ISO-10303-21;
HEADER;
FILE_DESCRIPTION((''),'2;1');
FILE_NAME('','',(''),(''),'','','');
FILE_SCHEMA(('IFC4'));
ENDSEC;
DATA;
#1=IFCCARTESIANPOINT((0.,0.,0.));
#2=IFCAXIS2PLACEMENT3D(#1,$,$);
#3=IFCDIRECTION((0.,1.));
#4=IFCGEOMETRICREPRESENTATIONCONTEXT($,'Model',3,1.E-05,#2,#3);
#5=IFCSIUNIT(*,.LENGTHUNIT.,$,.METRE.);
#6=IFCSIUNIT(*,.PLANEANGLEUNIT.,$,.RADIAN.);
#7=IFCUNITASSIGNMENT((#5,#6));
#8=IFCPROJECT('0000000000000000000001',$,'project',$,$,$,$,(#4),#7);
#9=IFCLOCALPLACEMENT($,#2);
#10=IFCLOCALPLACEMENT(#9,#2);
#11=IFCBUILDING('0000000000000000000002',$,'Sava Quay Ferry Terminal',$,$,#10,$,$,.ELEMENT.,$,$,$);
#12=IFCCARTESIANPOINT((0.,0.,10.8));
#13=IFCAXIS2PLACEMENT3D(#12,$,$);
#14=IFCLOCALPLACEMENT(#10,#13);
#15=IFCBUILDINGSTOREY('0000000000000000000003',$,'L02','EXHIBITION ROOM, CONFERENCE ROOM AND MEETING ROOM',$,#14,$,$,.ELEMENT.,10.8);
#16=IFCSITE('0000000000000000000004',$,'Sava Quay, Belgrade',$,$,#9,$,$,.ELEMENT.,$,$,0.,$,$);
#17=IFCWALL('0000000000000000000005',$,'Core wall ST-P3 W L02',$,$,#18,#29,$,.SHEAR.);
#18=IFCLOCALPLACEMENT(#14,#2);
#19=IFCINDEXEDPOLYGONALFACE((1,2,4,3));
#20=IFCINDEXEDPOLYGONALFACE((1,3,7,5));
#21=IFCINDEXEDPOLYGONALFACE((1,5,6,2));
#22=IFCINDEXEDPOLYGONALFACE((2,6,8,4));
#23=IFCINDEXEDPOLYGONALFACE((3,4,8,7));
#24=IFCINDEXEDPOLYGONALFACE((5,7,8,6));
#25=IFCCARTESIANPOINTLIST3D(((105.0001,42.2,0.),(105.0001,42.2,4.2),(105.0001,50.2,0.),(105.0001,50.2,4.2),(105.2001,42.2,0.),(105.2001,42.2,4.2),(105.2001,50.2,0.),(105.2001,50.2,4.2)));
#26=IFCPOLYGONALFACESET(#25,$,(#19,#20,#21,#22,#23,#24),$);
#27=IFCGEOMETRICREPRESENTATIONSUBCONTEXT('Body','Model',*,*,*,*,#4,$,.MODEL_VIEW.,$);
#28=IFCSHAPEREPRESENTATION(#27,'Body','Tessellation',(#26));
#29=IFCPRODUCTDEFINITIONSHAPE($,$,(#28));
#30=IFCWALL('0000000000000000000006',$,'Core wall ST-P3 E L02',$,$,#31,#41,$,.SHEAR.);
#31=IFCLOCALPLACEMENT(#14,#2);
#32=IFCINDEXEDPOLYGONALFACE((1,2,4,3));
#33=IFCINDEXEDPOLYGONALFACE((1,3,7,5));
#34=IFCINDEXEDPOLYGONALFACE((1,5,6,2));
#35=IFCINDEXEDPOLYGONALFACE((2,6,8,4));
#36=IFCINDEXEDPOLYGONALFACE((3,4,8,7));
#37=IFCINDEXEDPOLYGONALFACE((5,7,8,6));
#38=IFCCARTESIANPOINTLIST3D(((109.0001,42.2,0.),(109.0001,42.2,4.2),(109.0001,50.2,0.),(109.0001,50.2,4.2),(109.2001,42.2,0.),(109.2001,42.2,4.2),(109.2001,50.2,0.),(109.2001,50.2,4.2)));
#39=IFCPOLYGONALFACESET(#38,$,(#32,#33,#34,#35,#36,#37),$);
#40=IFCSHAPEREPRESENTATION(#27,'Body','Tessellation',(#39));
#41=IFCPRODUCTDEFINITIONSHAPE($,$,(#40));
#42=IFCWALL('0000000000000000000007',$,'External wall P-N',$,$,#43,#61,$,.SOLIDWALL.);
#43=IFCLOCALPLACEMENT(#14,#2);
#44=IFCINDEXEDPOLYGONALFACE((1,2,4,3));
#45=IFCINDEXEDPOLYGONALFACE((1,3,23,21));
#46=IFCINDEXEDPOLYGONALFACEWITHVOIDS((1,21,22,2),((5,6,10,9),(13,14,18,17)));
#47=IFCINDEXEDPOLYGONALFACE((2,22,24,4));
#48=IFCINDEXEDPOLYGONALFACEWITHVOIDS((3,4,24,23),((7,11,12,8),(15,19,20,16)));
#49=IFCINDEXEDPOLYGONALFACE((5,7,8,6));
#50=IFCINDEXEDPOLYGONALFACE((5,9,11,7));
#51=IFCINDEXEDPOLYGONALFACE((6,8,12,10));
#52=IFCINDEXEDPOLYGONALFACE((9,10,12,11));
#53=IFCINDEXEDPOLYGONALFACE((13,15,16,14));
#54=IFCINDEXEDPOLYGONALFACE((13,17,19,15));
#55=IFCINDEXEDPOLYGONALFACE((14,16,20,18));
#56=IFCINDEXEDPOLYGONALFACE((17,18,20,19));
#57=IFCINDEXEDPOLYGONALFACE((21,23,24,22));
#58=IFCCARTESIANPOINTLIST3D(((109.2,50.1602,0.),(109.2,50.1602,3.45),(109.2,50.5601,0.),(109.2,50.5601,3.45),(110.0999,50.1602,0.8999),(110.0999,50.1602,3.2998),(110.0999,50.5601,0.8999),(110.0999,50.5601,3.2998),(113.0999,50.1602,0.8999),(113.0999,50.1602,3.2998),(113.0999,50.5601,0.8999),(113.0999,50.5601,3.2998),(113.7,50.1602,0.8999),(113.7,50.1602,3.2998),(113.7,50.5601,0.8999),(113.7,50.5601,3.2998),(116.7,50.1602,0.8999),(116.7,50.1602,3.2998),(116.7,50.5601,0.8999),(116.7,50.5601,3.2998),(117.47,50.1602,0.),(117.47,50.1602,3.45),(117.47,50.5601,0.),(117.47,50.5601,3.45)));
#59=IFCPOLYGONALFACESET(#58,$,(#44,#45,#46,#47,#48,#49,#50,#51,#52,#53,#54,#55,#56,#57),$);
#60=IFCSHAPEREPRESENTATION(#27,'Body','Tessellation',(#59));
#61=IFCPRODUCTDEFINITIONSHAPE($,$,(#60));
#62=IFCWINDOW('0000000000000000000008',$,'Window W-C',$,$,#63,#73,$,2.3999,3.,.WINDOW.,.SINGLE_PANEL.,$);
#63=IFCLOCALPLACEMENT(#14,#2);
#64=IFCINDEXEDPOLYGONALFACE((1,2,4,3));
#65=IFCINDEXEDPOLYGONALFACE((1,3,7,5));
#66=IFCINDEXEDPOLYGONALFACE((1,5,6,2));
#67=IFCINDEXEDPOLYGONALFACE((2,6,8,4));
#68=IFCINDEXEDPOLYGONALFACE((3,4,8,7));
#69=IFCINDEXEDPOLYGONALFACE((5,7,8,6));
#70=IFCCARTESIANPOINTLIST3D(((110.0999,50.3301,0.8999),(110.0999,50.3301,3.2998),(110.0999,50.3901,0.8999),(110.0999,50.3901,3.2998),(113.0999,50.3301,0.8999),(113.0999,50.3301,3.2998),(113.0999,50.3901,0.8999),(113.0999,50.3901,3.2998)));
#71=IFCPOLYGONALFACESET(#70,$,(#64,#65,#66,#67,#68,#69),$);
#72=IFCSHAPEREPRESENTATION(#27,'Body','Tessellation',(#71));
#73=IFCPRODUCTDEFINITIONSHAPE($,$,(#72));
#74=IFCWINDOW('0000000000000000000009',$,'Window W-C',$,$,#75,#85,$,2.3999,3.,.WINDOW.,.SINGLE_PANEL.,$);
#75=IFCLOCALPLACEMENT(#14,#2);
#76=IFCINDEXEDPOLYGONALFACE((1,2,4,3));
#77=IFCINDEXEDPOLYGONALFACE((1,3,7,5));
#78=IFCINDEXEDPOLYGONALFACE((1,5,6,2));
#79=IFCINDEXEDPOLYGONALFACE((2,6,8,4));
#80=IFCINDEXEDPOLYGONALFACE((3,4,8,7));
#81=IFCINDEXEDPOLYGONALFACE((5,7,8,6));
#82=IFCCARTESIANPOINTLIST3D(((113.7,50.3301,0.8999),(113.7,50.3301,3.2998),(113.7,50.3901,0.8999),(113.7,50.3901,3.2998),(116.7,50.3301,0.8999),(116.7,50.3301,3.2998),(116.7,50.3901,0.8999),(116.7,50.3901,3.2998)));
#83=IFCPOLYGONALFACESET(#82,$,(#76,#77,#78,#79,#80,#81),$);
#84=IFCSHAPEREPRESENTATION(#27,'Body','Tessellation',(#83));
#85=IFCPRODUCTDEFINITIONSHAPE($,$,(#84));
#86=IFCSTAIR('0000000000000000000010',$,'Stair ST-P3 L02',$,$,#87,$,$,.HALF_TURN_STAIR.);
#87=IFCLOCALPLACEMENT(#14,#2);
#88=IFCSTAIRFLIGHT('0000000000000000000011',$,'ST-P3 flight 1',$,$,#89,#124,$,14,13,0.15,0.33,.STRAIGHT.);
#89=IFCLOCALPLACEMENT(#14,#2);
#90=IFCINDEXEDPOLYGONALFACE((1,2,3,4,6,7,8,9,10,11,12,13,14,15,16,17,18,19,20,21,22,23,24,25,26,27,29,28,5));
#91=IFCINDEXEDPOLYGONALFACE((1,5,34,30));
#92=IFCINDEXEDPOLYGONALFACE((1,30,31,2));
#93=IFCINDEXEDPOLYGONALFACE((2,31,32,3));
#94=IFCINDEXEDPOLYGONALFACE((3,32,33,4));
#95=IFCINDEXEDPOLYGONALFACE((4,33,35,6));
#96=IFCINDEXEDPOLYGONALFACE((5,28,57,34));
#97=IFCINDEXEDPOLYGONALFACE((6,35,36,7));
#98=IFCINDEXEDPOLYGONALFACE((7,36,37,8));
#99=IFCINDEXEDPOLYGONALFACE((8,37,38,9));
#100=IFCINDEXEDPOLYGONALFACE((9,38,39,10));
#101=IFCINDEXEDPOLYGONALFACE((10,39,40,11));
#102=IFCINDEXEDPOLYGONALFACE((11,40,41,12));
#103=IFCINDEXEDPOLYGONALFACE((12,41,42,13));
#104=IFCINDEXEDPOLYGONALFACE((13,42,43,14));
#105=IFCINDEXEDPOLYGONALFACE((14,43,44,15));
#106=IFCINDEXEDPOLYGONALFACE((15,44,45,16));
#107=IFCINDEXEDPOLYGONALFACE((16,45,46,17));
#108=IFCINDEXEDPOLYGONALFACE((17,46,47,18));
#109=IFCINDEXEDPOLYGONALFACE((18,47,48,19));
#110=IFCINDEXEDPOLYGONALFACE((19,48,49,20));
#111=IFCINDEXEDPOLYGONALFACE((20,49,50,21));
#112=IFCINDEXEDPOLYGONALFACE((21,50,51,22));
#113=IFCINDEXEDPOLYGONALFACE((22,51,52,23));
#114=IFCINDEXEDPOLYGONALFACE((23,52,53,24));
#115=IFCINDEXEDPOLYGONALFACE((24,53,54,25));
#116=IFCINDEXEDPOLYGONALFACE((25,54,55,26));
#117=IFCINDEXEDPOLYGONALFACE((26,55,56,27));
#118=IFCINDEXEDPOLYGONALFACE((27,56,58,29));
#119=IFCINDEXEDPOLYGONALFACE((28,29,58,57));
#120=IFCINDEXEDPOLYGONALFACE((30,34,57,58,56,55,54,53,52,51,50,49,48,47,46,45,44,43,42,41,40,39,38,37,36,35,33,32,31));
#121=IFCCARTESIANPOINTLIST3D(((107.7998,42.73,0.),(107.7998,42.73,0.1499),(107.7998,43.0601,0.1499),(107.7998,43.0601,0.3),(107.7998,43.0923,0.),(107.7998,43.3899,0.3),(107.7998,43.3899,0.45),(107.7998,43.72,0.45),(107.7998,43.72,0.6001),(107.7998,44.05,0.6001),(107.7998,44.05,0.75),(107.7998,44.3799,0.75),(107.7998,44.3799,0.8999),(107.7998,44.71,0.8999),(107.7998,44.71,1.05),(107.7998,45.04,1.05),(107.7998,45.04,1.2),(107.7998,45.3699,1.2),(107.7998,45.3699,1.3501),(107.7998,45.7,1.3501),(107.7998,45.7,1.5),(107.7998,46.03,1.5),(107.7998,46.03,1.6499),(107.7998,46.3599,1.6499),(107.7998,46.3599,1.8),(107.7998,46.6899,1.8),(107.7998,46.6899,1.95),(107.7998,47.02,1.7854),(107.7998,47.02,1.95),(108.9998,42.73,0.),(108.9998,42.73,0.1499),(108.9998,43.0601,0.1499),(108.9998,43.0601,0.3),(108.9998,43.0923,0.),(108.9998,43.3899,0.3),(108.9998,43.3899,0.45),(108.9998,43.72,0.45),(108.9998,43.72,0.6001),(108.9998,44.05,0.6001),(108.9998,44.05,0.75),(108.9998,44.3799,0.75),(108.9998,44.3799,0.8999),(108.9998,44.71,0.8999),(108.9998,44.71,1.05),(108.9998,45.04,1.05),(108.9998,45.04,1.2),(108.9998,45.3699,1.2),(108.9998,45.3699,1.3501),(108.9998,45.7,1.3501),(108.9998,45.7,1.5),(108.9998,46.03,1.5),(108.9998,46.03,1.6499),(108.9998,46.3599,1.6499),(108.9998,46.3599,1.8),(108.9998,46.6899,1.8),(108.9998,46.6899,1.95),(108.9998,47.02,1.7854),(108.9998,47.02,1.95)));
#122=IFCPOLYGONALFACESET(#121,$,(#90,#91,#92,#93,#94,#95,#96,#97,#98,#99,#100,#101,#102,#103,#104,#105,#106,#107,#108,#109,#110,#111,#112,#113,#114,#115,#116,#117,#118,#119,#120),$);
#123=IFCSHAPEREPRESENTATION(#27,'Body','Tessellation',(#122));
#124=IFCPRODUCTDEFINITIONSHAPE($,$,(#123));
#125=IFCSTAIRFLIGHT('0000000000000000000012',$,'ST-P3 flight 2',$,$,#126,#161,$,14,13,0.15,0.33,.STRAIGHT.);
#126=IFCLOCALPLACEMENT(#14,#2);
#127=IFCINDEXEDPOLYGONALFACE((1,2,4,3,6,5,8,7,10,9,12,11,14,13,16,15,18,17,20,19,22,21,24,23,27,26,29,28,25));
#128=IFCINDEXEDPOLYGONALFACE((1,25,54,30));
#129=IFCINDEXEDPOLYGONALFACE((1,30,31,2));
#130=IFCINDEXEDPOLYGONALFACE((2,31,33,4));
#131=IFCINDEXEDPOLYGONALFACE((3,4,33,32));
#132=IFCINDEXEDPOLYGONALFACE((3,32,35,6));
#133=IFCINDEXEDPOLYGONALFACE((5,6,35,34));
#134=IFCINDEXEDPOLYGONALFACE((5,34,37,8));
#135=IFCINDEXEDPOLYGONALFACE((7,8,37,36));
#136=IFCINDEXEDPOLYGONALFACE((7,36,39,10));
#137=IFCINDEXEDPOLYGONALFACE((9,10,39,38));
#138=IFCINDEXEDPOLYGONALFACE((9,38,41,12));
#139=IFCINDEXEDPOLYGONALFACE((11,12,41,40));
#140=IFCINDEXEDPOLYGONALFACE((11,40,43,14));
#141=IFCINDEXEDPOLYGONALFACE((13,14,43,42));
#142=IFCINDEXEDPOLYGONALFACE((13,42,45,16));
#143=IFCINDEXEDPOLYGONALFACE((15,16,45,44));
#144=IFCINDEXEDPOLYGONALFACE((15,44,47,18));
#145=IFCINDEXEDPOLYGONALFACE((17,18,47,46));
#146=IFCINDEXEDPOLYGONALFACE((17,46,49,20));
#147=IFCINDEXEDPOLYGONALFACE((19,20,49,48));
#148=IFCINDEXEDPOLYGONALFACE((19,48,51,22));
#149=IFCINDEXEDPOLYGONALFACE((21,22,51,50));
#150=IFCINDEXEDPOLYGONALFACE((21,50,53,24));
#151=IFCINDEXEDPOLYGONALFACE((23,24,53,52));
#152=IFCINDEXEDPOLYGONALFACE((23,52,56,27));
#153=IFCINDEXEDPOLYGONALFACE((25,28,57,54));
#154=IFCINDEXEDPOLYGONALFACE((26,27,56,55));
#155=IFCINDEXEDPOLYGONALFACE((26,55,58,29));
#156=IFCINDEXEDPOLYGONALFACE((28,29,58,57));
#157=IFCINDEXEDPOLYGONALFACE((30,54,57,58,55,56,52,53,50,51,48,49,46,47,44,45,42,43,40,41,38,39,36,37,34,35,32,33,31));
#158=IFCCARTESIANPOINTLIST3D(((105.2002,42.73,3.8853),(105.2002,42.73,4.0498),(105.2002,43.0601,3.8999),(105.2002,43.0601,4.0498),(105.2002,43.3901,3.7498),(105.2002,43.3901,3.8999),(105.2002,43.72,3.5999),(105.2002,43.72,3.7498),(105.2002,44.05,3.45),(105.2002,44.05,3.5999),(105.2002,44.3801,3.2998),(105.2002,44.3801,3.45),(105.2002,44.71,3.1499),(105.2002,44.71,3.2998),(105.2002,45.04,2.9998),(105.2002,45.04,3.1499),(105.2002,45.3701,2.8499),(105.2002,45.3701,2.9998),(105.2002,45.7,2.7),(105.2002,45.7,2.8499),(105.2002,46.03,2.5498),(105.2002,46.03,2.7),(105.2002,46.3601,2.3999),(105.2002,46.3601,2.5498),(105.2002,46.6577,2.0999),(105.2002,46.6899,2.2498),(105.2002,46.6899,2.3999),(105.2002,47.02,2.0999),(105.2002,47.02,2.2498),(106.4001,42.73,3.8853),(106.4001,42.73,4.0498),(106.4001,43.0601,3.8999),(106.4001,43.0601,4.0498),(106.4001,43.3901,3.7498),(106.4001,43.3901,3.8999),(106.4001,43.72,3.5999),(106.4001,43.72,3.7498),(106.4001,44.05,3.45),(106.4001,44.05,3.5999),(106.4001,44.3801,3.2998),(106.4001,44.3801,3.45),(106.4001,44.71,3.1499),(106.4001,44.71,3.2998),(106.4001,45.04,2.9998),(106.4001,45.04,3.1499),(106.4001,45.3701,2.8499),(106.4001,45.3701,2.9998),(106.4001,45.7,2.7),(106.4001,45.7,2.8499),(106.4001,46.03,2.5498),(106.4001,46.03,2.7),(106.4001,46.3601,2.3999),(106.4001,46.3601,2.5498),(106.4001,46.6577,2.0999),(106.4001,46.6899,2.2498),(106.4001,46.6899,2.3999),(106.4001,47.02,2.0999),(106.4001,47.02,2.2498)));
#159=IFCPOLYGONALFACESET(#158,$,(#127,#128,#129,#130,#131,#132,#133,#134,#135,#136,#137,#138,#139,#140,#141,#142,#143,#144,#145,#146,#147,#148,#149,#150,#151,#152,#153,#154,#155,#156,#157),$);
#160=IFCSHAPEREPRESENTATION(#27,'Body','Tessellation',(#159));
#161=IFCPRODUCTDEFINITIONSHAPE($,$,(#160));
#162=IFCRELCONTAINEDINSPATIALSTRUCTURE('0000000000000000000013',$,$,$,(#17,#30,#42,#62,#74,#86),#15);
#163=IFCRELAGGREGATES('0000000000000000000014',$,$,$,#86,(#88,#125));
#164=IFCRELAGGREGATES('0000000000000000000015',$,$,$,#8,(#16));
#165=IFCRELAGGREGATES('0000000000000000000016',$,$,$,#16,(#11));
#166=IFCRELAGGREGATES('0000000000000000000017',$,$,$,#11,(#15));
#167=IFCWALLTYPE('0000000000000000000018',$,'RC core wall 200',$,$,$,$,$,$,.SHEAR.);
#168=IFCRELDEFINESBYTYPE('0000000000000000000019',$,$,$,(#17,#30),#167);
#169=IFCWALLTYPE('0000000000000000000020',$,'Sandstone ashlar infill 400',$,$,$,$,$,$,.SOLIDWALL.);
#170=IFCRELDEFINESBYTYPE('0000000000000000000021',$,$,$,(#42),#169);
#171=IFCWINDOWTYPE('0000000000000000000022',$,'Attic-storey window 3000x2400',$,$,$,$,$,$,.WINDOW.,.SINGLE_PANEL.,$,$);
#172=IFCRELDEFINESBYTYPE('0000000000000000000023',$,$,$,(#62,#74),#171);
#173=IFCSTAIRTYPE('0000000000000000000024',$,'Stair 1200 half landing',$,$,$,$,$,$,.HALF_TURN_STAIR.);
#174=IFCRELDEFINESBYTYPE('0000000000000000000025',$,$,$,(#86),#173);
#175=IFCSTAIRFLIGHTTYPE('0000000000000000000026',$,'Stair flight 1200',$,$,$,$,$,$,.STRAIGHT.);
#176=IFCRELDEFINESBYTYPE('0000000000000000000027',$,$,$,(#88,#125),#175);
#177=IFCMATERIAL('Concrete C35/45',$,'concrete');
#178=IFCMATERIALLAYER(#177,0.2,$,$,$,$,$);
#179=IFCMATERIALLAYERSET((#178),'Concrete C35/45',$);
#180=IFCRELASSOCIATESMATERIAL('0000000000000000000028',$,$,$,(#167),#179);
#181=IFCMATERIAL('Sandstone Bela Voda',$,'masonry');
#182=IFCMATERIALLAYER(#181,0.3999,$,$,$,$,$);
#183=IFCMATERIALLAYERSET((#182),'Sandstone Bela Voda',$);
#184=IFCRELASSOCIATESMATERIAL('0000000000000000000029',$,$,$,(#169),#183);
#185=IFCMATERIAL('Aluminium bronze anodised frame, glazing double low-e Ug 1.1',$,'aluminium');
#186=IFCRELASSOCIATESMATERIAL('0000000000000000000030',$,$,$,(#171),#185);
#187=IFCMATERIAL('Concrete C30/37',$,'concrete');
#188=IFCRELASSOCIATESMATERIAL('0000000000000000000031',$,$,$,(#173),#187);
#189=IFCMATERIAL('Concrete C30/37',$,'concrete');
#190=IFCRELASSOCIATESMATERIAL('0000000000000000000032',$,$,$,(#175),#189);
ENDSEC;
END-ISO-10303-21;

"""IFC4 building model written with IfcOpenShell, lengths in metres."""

from ifc_helpers import new_model, si_unit, direction, frame, frame_2d, origin, place, context, subcontext, project, spatial, polyline, rectangle, outline, extrude, material, layer, layer_set, type_object, element, fill, aggregate, save


model = new_model("IFC4")

# Units and contexts
model_context = context("Model", 3, precision=1e-05, world=origin(), true_north=direction((0.0, 1.0)))
body_context = subcontext(model_context, "Body", "Model", "MODEL_VIEW")
ifc_project = project(units=[si_unit("LENGTHUNIT", "METRE"), si_unit("PLANEANGLEUNIT", "RADIAN")], contexts=[model_context])

# Site, building, storey
site_placement = place(None, origin())
site = spatial("IfcSite", under=ifc_project, at=site_placement, Name="Sava Quay, Belgrade", CompositionType="ELEMENT", RefElevation=0.0)
building_placement = place(site_placement, origin())
building = spatial("IfcBuilding", under=site, at=building_placement, Name="Sava Quay Ferry Terminal", CompositionType="ELEMENT")
storey_placement = place(building_placement, frame((0.0, 0.0, 10.8)))
storey = spatial("IfcBuildingStorey", under=building, at=storey_placement, Name="L02", Description="EXHIBITION ROOM, CONFERENCE ROOM AND MEETING ROOM", CompositionType="ELEMENT", Elevation=10.8)

# Walls
ifc_material_1 = material(Name="Concrete C35/45", Category="concrete")
ifc_layer_1 = layer(ifc_material_1, 0.2)
ifc_layer_set_1 = layer_set([ifc_layer_1], Name="Concrete C35/45")
wall_type_1 = type_object("IfcWallType", Name="RC core wall 200", PredefinedType="SHEAR", material=ifc_layer_set_1)
for number, where, z_axis, x_axis, name in (
    (1, (105.1001, 42.2, 0.0), (0.0, 0.0, 1.0), (0.0, 1.0, 0.0), "Core wall ST-P3 W L02"),
    (2, (109.1001, 42.2, 0.0), (0.0, 0.0, 1.0), (0.0, 1.0, 0.0), "Core wall ST-P3 E L02"),
):
    element("IfcWall", number, at=place(storey_placement, frame(where, z_axis=z_axis, x_axis=x_axis)), inside=storey, type_object=wall_type_1, Name=name, PredefinedType="SHEAR", context=body_context, shape_type="SweptSolid", body=[
        extrude(rectangle(XDim=8.0, YDim=0.2, at=frame_2d((4.0, 0.0))), origin(), (0.0, 0.0, 1.0), 4.2),
    ])

# Wall, openings, windows
ifc_material_2 = material(Name="Sandstone Bela Voda", Category="masonry")
ifc_layer_2 = layer(ifc_material_2, 0.3999)
ifc_layer_set_2 = layer_set([ifc_layer_2], Name="Sandstone Bela Voda")
wall_type_2 = type_object("IfcWallType", Name="Sandstone ashlar infill 400", PredefinedType="SOLIDWALL", material=ifc_layer_set_2)
wall_1_placement = place(storey_placement, frame((109.2, 50.3601, 0.0), z_axis=(0.0, 0.0, 1.0), x_axis=(1.0, 0.0, 0.0)))
wall_1 = element("IfcWall", 3, at=wall_1_placement, inside=storey, type_object=wall_type_2, Name="External wall P-N", PredefinedType="SOLIDWALL", context=body_context, shape_type="SweptSolid", body=[
    extrude(rectangle(XDim=8.27, YDim=0.3999, at=frame_2d((4.135, 0.0))), origin(), (0.0, 0.0, 1.0), 3.45),
])
opening_1_placement = place(wall_1_placement, frame((0.8999, 0.0, 0.8999)))
opening_1 = element("IfcOpeningElement", 4, at=opening_1_placement, cuts=wall_1, PredefinedType="OPENING", context=body_context, shape_type="SweptSolid", body=[
    extrude(rectangle(XDim=3.0, YDim=2.3999, at=frame_2d((1.5, 1.2))), frame((0.0, 0.2, 0.0), z_axis=(0.0, -1.0, 0.0), x_axis=(1.0, 0.0, 0.0)), (0.0, 0.0, 1.0), 0.3999),
])
opening_2_placement = place(wall_1_placement, frame((4.5, 0.0, 0.8999)))
opening_2 = element("IfcOpeningElement", 5, at=opening_2_placement, cuts=wall_1, PredefinedType="OPENING", context=body_context, shape_type="SweptSolid", body=[
    extrude(rectangle(XDim=3.0, YDim=2.3999, at=frame_2d((1.5, 1.2))), frame((0.0, 0.2, 0.0), z_axis=(0.0, -1.0, 0.0), x_axis=(1.0, 0.0, 0.0)), (0.0, 0.0, 1.0), 0.3999),
])
ifc_material_3 = material(Name="Aluminium bronze anodised frame, glazing double low-e Ug 1.1", Category="aluminium")
window_type = type_object("IfcWindowType", Name="Attic-storey window 3000x2400", PartitioningType="SINGLE_PANEL", PredefinedType="WINDOW", material=ifc_material_3)
window_1_placement = place(opening_1_placement, origin())
window_1 = element("IfcWindow", 6, at=window_1_placement, inside=storey, type_object=window_type, Name="Window W-C", OverallHeight=2.3999, OverallWidth=3.0, PartitioningType="SINGLE_PANEL", PredefinedType="WINDOW", context=body_context, shape_type="SweptSolid", body=[
    extrude(rectangle(XDim=3.0, YDim=2.3999, at=frame_2d((1.5, 1.2))), frame((0.0, 0.03, 0.0), z_axis=(0.0, -1.0, 0.0), x_axis=(1.0, 0.0, 0.0)), (0.0, 0.0, 1.0), 0.0601),
])
fill(opening_1, window_1)
window_2_placement = place(opening_2_placement, origin())
window_2 = element("IfcWindow", 7, at=window_2_placement, inside=storey, type_object=window_type, Name="Window W-C", OverallHeight=2.3999, OverallWidth=3.0, PartitioningType="SINGLE_PANEL", PredefinedType="WINDOW", context=body_context, shape_type="SweptSolid", body=[
    extrude(rectangle(XDim=3.0, YDim=2.3999, at=frame_2d((1.5, 1.2))), frame((0.0, 0.03, 0.0), z_axis=(0.0, -1.0, 0.0), x_axis=(1.0, 0.0, 0.0)), (0.0, 0.0, 1.0), 0.0601),
])
fill(opening_2, window_2)

# Stair, stair flights
ifc_material_4 = material(Name="Concrete C30/37", Category="concrete")
stair_type = type_object("IfcStairType", Name="Stair 1200 half landing", PredefinedType="HALF_TURN_STAIR", material=ifc_material_4)
stair_1_placement = place(storey_placement, origin())
stair_1 = element("IfcStair", 8, at=stair_1_placement, inside=storey, type_object=stair_type, Name="Stair ST-P3 L02", PredefinedType="HALF_TURN_STAIR")
ifc_material_5 = material(Name="Concrete C30/37", Category="concrete")
stair_flight_type = type_object("IfcStairFlightType", Name="Stair flight 1200", PredefinedType="STRAIGHT", material=ifc_material_5)
stair_flight_1_placement = place(storey_placement, frame((108.3999, 42.73, 0.0), z_axis=(0.0, 0.0, 1.0), x_axis=(0.0, 1.0, 0.0)))
stair_flight_1 = element("IfcStairFlight", 9, at=stair_flight_1_placement, type_object=stair_flight_type, Name="ST-P3 flight 1", NumberOfRisers=14, NumberOfTreads=13, PredefinedType="STRAIGHT", RiserHeight=0.15, TreadLength=0.33, context=body_context, shape_type="SweptSolid", body=[
    extrude(outline(polyline([(0.0, 0.0), (0.0, 0.1499), (0.3301, 0.1499), (0.3301, 0.3), (0.6599, 0.3), (0.6599, 0.45), (0.99, 0.45), (0.99, 0.6001), (1.3201, 0.6001), (1.3201, 0.75), (1.6499, 0.75), (1.6499, 0.8999), (1.98, 0.8999), (1.98, 1.05), (2.3101, 1.05), (2.3101, 1.2), (2.6399, 1.2), (2.6399, 1.3501), (2.97, 1.3501), (2.97, 1.5), (3.3, 1.5), (3.3, 1.6499), (3.6299, 1.6499), (3.6299, 1.8), (3.96, 1.8), (3.96, 1.95), (4.29, 1.95), (4.29, 2.1001), (4.29, 1.7854), (0.3623, 0.0), (0.0, 0.0)])), frame((0.0, 0.6001, 0.0), z_axis=(0.0, -1.0, 0.0), x_axis=(1.0, 0.0, 0.0)), (0.0, 0.0, 1.0), 1.2),
])
stair_flight_2_placement = place(storey_placement, frame((105.8, 47.02, 2.0999), z_axis=(0.0, 0.0, 1.0), x_axis=(0.0, -1.0, 0.0)))
stair_flight_2 = element("IfcStairFlight", 10, at=stair_flight_2_placement, type_object=stair_flight_type, Name="ST-P3 flight 2", NumberOfRisers=14, NumberOfTreads=13, PredefinedType="STRAIGHT", RiserHeight=0.15, TreadLength=0.33, context=body_context, shape_type="SweptSolid", body=[
    extrude(outline(polyline([(0.0, 0.0), (0.0, 0.1499), (0.3301, 0.1499), (0.3301, 0.3), (0.6599, 0.3), (0.6599, 0.45), (0.99, 0.45), (0.99, 0.6001), (1.3201, 0.6001), (1.3201, 0.75), (1.6499, 0.75), (1.6499, 0.8999), (1.98, 0.8999), (1.98, 1.05), (2.3101, 1.05), (2.3101, 1.2), (2.6399, 1.2), (2.6399, 1.3501), (2.97, 1.3501), (2.97, 1.5), (3.3, 1.5), (3.3, 1.6499), (3.6299, 1.6499), (3.6299, 1.8), (3.96, 1.8), (3.96, 1.95), (4.29, 1.95), (4.29, 2.1001), (4.29, 1.7854), (0.3623, 0.0), (0.0, 0.0)])), frame((0.0, 0.6001, 0.0), z_axis=(0.0, -1.0, 0.0), x_axis=(1.0, 0.0, 0.0)), (0.0, 0.0, 1.0), 1.2),
])
aggregate(stair_1, [stair_flight_1, stair_flight_2])

save(model, "model.ifc")
